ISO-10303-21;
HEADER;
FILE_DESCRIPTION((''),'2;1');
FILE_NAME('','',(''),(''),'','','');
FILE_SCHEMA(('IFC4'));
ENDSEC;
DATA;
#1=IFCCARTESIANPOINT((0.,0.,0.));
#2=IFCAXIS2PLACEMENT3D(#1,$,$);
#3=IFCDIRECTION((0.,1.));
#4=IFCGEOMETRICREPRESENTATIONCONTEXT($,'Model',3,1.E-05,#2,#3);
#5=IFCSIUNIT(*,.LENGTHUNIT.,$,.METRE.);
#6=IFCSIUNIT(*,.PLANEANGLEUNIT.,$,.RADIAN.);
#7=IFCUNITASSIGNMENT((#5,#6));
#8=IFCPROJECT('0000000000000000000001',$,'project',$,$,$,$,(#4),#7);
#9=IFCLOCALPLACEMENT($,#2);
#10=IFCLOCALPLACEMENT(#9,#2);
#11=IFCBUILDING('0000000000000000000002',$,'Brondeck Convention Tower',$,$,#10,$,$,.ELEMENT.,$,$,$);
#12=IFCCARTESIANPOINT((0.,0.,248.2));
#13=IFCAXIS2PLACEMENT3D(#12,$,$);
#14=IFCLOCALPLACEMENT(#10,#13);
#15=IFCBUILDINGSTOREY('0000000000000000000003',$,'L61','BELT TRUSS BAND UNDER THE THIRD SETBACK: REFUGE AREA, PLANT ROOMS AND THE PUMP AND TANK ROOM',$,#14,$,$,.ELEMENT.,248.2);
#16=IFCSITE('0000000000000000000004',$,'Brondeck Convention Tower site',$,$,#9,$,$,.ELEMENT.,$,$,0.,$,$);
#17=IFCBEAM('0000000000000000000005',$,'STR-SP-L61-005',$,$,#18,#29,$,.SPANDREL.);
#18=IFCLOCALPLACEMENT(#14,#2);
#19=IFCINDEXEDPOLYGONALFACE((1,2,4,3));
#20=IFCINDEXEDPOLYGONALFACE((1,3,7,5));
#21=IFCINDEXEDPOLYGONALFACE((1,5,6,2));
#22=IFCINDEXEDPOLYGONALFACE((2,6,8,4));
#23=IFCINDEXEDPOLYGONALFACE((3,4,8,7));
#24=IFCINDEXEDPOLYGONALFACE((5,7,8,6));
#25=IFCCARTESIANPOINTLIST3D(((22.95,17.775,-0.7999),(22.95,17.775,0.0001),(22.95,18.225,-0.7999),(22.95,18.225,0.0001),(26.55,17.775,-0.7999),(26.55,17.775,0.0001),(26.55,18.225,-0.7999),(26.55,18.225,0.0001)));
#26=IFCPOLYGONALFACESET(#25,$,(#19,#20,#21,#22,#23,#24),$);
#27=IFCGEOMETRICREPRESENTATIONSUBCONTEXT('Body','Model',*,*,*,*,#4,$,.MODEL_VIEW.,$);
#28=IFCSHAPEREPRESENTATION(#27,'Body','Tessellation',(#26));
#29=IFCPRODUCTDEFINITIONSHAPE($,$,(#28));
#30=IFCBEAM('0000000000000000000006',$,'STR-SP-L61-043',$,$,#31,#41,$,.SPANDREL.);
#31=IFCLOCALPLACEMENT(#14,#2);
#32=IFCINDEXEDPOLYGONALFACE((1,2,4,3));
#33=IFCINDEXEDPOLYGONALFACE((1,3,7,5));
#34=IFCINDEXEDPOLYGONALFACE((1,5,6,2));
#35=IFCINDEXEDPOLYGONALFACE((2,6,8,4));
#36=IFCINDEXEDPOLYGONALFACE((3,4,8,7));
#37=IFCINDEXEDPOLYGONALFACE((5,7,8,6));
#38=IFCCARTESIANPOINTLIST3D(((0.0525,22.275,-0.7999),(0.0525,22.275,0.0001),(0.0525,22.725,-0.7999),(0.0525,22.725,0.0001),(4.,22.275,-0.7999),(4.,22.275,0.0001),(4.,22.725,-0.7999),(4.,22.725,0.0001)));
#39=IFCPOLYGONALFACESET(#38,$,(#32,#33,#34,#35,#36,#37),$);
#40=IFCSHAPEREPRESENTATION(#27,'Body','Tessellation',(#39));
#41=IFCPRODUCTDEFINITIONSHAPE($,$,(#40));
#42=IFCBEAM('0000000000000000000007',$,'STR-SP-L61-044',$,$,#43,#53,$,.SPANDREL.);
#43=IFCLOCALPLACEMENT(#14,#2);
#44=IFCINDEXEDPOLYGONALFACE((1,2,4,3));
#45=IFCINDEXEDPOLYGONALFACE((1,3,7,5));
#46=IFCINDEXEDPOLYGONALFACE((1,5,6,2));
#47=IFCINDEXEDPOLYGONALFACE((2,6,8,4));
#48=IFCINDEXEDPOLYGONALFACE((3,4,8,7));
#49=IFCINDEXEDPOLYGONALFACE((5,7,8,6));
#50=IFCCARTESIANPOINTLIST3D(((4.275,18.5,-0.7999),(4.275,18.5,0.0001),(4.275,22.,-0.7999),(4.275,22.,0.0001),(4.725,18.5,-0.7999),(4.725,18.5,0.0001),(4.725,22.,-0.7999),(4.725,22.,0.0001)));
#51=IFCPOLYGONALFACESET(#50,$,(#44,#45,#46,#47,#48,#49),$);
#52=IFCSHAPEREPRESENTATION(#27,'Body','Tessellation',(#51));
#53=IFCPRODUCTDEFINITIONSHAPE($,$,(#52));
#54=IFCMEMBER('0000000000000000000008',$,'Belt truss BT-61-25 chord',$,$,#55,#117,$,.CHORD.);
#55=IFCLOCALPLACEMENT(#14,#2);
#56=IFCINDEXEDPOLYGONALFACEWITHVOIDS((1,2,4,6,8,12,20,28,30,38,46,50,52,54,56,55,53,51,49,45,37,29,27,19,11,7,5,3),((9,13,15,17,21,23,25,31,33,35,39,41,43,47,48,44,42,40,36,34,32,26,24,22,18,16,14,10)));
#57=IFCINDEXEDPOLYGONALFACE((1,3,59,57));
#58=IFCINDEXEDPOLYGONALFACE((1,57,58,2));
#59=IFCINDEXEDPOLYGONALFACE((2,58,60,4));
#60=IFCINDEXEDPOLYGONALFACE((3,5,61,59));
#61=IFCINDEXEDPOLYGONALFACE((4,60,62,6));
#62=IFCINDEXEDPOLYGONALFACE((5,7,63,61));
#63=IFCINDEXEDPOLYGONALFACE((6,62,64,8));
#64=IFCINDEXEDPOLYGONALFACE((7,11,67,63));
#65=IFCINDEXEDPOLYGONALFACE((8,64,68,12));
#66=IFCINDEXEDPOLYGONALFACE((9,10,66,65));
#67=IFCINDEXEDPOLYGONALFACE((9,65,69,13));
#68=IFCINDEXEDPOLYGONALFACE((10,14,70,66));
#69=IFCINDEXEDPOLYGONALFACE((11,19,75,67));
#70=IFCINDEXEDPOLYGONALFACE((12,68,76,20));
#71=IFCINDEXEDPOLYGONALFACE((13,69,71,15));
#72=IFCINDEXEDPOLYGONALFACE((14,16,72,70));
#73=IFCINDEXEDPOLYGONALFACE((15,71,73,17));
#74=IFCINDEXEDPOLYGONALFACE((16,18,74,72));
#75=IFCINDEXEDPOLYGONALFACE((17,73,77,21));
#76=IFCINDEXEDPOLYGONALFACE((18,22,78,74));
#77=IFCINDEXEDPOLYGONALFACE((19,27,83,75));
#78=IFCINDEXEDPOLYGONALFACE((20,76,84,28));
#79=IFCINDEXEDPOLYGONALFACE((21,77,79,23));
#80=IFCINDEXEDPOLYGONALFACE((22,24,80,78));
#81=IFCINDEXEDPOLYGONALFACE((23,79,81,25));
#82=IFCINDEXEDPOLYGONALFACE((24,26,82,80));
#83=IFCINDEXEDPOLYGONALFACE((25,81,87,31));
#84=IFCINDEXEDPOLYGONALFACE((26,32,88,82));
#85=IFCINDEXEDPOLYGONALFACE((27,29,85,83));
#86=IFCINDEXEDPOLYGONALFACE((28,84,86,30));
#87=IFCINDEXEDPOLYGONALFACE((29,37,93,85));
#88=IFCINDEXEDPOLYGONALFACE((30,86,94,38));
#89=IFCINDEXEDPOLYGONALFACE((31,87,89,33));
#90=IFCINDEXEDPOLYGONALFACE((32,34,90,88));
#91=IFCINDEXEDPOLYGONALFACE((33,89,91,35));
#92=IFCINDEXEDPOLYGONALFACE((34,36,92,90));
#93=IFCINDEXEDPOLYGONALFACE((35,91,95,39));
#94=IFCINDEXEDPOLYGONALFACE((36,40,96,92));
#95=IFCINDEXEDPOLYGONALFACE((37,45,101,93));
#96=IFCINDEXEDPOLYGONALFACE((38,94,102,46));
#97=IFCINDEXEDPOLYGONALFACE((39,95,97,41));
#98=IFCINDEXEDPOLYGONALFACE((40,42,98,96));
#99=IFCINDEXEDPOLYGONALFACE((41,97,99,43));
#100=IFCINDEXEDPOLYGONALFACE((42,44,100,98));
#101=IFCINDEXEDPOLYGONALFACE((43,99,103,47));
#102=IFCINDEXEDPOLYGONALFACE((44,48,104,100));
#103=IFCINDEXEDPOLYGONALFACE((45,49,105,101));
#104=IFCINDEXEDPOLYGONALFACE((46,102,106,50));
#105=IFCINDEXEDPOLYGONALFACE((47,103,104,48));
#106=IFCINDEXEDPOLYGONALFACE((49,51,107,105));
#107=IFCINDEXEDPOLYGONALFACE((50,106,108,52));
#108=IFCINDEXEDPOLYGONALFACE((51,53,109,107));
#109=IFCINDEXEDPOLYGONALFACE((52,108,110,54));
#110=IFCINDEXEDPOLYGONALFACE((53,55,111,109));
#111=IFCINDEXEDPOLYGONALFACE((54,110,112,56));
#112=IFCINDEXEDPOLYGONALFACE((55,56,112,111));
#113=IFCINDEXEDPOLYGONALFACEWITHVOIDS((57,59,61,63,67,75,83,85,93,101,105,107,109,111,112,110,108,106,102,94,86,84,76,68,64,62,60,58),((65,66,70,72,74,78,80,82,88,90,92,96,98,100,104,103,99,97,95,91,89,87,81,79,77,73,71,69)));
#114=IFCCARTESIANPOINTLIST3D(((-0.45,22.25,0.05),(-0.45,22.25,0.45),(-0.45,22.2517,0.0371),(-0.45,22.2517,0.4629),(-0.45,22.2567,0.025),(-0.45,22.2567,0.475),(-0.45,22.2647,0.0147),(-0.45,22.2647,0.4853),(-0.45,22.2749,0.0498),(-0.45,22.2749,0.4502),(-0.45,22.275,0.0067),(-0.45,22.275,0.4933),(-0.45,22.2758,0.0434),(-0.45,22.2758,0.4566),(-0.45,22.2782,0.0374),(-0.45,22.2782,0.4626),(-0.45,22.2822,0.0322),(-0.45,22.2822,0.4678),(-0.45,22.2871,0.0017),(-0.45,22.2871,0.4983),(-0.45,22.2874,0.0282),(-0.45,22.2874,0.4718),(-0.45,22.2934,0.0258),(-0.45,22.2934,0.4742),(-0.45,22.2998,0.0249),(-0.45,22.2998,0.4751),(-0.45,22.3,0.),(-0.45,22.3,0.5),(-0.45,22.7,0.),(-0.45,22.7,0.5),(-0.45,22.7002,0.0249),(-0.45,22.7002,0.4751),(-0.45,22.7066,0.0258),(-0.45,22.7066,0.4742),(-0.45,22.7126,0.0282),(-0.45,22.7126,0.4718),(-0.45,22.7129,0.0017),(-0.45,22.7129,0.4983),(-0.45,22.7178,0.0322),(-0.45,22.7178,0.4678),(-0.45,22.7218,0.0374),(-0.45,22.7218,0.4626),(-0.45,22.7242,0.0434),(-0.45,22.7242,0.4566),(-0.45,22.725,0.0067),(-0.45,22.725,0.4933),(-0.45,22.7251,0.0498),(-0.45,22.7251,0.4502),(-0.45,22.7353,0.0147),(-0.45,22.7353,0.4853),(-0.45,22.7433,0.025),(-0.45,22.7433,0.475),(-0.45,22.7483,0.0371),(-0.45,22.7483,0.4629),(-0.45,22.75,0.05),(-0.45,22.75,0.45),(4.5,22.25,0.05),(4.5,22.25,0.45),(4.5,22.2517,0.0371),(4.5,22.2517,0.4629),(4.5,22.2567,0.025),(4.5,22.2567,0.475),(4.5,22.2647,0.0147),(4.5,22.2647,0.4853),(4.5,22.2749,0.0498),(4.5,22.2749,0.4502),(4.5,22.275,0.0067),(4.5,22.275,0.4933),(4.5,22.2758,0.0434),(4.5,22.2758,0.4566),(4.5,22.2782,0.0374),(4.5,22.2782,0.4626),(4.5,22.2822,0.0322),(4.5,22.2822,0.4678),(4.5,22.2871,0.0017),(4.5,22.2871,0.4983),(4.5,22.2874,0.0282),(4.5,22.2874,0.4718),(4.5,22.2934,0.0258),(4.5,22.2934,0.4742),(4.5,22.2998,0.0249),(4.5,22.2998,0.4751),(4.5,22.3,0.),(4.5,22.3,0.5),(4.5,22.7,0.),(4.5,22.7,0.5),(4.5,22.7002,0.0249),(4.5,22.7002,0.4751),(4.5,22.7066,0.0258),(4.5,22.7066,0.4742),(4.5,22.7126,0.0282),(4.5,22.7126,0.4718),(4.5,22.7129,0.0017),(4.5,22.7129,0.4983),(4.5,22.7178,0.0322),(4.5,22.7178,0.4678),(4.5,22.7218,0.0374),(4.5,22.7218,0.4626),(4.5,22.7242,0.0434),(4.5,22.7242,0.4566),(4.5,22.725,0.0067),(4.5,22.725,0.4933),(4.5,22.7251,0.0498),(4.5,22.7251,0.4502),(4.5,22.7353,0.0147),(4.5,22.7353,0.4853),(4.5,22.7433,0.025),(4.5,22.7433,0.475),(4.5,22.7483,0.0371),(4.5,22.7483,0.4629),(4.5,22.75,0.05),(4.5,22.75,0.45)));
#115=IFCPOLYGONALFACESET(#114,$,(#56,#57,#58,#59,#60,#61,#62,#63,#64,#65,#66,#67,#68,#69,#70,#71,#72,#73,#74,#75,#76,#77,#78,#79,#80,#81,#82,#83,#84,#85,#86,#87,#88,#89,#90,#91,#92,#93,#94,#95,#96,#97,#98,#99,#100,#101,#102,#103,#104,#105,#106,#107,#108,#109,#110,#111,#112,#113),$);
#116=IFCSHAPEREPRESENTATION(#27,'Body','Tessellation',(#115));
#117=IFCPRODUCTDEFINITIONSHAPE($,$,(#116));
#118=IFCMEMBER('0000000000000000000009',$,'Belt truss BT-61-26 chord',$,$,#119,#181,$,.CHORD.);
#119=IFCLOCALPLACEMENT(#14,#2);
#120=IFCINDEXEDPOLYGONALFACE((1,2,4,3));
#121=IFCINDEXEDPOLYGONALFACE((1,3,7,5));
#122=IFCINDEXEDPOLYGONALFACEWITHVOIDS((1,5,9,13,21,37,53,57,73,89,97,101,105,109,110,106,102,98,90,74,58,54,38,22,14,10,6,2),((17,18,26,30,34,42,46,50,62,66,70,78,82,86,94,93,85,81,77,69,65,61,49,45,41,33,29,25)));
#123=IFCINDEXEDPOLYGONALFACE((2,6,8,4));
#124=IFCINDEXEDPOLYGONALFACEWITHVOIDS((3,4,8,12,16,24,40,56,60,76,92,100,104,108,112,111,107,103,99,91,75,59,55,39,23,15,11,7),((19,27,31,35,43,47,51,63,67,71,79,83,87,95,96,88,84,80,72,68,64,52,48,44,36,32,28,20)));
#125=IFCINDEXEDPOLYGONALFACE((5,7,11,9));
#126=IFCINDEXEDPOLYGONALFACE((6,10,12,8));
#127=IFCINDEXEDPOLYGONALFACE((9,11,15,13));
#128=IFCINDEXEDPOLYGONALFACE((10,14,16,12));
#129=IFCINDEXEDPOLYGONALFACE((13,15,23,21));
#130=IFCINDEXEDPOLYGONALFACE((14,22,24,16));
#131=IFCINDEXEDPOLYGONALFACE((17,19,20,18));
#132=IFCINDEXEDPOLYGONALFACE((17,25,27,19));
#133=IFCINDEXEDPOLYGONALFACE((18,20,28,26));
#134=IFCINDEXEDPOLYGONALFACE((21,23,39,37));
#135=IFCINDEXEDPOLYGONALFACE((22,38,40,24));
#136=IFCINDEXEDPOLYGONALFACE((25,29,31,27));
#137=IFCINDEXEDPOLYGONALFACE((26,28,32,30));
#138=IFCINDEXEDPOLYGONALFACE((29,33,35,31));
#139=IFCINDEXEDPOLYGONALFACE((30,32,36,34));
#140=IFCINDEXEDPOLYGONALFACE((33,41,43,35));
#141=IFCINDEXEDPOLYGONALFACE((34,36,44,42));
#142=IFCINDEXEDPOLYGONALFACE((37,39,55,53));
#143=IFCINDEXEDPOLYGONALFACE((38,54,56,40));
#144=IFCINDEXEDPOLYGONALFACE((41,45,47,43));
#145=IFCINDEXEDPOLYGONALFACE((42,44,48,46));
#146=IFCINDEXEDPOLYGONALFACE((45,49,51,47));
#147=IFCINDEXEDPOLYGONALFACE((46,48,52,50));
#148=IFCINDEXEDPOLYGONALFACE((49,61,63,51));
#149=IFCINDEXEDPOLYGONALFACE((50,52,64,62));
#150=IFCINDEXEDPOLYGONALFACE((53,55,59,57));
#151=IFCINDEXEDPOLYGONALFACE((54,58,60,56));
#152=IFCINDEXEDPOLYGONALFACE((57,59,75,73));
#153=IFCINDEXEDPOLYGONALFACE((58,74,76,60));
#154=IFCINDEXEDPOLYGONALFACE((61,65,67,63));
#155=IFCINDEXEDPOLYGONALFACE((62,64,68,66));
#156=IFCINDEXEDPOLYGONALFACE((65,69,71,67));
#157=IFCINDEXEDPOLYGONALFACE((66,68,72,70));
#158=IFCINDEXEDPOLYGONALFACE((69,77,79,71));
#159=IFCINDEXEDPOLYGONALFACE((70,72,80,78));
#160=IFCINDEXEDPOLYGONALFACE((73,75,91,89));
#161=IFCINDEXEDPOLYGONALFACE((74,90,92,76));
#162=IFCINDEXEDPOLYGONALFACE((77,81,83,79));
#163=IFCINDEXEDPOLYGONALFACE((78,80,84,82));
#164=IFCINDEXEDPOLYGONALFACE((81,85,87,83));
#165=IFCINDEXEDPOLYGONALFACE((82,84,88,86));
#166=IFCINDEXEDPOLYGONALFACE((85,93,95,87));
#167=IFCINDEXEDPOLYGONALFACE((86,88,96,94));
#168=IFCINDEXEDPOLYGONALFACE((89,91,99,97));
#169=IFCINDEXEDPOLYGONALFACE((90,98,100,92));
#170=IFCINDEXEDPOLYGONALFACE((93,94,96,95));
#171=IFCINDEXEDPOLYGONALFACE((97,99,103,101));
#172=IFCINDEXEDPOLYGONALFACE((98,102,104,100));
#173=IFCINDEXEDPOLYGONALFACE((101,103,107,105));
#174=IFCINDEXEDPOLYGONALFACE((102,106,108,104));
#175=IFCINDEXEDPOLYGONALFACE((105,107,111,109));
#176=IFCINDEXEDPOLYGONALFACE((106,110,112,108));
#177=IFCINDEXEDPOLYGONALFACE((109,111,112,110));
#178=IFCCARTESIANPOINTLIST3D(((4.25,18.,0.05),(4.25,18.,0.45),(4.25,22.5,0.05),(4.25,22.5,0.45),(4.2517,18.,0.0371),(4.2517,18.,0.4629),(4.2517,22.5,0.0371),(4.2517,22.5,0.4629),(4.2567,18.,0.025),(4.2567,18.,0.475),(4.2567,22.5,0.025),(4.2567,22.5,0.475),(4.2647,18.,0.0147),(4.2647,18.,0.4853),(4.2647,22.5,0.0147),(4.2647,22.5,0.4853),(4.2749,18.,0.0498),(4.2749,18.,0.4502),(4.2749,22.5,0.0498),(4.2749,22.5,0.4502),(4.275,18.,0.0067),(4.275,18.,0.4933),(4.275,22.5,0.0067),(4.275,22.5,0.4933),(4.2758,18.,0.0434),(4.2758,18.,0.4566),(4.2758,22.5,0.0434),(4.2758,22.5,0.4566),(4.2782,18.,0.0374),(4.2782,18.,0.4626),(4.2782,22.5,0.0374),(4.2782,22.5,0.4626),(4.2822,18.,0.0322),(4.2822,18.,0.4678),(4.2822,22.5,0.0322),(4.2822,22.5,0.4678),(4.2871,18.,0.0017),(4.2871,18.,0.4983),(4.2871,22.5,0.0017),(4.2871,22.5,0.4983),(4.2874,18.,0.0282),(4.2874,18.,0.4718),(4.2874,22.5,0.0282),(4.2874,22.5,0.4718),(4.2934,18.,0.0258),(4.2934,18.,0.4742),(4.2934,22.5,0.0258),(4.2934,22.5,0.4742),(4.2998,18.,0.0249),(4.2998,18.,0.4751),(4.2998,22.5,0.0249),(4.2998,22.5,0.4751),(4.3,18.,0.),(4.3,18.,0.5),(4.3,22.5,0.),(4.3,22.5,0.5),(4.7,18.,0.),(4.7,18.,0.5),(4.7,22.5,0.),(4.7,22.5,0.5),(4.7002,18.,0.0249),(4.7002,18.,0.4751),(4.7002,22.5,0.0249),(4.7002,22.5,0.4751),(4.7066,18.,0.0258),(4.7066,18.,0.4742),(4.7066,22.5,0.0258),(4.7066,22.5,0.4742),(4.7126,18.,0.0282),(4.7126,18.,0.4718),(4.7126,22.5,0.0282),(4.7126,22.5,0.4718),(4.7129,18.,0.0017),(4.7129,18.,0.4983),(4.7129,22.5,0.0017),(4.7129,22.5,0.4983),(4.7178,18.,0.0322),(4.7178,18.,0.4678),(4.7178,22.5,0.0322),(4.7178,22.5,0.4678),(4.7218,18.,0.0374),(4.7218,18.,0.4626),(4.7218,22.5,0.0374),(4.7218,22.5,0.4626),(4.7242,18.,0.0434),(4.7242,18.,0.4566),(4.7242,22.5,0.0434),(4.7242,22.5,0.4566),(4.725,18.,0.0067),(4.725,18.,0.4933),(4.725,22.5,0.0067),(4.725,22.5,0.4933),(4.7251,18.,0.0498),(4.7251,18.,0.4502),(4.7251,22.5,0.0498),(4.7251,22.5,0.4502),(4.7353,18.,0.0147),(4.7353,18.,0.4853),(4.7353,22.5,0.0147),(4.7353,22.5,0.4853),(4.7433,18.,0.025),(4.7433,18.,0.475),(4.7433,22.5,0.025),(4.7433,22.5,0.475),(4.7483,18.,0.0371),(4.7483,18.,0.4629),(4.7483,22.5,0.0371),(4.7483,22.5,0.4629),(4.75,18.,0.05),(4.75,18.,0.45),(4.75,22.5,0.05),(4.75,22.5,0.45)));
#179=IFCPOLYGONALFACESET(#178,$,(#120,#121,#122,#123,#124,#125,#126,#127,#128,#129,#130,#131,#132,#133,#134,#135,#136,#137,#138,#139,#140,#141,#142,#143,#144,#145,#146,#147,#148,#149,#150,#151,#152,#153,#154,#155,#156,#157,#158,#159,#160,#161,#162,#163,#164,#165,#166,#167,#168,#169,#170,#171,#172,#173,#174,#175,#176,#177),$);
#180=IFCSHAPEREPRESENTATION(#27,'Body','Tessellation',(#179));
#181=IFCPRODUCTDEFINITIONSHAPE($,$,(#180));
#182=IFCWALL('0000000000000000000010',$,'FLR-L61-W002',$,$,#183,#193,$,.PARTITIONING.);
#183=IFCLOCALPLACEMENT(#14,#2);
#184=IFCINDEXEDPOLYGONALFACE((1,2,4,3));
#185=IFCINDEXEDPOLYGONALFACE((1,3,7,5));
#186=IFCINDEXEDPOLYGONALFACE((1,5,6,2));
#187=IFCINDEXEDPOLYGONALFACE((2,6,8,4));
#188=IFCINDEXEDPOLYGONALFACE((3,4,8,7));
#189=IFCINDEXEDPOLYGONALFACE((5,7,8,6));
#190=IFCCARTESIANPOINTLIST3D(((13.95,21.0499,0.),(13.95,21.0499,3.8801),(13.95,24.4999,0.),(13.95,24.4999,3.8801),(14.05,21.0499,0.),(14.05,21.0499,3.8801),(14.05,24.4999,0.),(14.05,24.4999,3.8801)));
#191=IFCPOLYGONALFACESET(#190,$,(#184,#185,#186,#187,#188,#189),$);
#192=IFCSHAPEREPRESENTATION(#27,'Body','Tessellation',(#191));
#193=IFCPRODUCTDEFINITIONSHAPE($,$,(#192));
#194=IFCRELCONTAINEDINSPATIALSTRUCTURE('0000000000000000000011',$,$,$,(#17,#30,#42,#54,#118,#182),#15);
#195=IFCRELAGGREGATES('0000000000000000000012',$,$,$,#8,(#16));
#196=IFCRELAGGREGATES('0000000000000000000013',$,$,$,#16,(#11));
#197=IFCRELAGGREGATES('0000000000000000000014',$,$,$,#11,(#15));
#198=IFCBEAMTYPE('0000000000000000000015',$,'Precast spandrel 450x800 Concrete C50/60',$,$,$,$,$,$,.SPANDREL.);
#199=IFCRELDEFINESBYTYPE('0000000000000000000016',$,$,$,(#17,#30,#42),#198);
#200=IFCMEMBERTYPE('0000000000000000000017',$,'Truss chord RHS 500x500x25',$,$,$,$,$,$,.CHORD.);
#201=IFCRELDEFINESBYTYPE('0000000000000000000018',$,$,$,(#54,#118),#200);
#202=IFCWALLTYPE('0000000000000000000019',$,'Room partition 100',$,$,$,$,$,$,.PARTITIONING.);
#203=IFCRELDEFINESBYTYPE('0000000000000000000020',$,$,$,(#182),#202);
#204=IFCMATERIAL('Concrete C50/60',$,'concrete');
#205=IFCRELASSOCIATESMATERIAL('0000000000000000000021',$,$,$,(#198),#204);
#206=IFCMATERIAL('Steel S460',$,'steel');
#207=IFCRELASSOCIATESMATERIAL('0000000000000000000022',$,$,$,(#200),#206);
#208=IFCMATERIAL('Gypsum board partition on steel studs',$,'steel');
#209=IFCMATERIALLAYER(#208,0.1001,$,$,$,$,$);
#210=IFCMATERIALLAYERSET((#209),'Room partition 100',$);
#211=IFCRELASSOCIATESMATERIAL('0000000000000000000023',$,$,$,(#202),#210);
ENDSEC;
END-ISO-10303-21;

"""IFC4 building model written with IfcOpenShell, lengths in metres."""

from ifc_helpers import new_model, si_unit, direction, frame, frame_2d, origin, origin_2d, place, context, subcontext, project, spatial, rectangle, hollow_rectangle, extrude, material, layer, layer_set, material_profile, profile_set, type_object, element, save


model = new_model("IFC4")

# Units and contexts
model_context = context("Model", 3, precision=1e-05, world=origin(), true_north=direction((0.0, 1.0)))
body_context = subcontext(model_context, "Body", "Model", "MODEL_VIEW")
ifc_project = project(units=[si_unit("LENGTHUNIT", "METRE"), si_unit("PLANEANGLEUNIT", "RADIAN")], contexts=[model_context])

# Site, building, storey
site_placement = place(None, origin())
site = spatial("IfcSite", under=ifc_project, at=site_placement, Name="Brondeck Convention Tower site", CompositionType="ELEMENT", RefElevation=0.0)
building_placement = place(site_placement, origin())
building = spatial("IfcBuilding", under=site, at=building_placement, Name="Brondeck Convention Tower", CompositionType="ELEMENT")
storey_placement = place(building_placement, frame((0.0, 0.0, 248.2)))
storey = spatial("IfcBuildingStorey", under=building, at=storey_placement, Name="L61", Description="BELT TRUSS BAND UNDER THE THIRD SETBACK: REFUGE AREA, PLANT ROOMS AND THE PUMP AND TANK ROOM", CompositionType="ELEMENT", Elevation=248.2)

# Shared definitions
ifc_material_1 = material(Name="Concrete C50/60", Category="concrete")

# Shared definitions
ifc_material_2 = material(Name="Steel S460", Category="steel")

# Beams
ifc_material_profile_1 = material_profile(ifc_material_1, rectangle(XDim=0.45, YDim=0.8, at=origin_2d()), Name="Precast spandrel 450x800 Concrete C50/60")
ifc_profile_set_1 = profile_set([ifc_material_profile_1], Name="Concrete C50/60")
beam_type_1 = type_object("IfcBeamType", Name="Precast spandrel 450x800 Concrete C50/60", PredefinedType="SPANDREL", material=ifc_profile_set_1)
beam_1_placement = place(storey_placement, frame((22.95, 18.0, -0.3999), z_axis=(1.0, 0.0, 0.0), x_axis=(0.0, 1.0, 0.0)))
element("IfcBeam", 1, at=beam_1_placement, inside=storey, type_object=beam_type_1, Name="STR-SP-L61-005", PredefinedType="SPANDREL", context=body_context, shape_type="SweptSolid", body=[
    extrude(rectangle(XDim=0.45, YDim=0.8, at=origin_2d()), origin(), (0.0, 0.0, 1.0), 3.6001),
])
beam_2_placement = place(storey_placement, frame((0.0525, 22.5, -0.3999), z_axis=(1.0, 0.0, 0.0), x_axis=(0.0, 1.0, 0.0)))
element("IfcBeam", 2, at=beam_2_placement, inside=storey, type_object=beam_type_1, Name="STR-SP-L61-043", PredefinedType="SPANDREL", context=body_context, shape_type="SweptSolid", body=[
    extrude(rectangle(XDim=0.45, YDim=0.8, at=origin_2d()), origin(), (0.0, 0.0, 1.0), 3.9475),
])
beam_3_placement = place(storey_placement, frame((4.5, 22.0, -0.3999), z_axis=(0.0, -1.0, 0.0), x_axis=(1.0, 0.0, 0.0)))
element("IfcBeam", 3, at=beam_3_placement, inside=storey, type_object=beam_type_1, Name="STR-SP-L61-044", PredefinedType="SPANDREL", context=body_context, shape_type="SweptSolid", body=[
    extrude(rectangle(XDim=0.45, YDim=0.8, at=origin_2d()), origin(), (0.0, 0.0, 1.0), 3.5),
])

# Members
ifc_material_profile_2 = material_profile(ifc_material_2, hollow_rectangle(XDim=0.5, YDim=0.5, WallThickness=0.0249, InnerFilletRadius=0.0249, OuterFilletRadius=0.05, at=origin_2d()), Name="RHS 500x500x25")
ifc_profile_set_2 = profile_set([ifc_material_profile_2], Name="Steel S460")
member_type_1 = type_object("IfcMemberType", Name="Truss chord RHS 500x500x25", PredefinedType="CHORD", material=ifc_profile_set_2)
member_1_placement = place(storey_placement, frame((-0.45, 22.5, 0.25), z_axis=(1.0, 0.0, 0.0), x_axis=(0.0, 1.0, 0.0)))
element("IfcMember", 4, at=member_1_placement, inside=storey, type_object=member_type_1, Name="Belt truss BT-61-25 chord", PredefinedType="CHORD", context=body_context, shape_type="SweptSolid", body=[
    extrude(hollow_rectangle(XDim=0.5, YDim=0.5, WallThickness=0.0249, InnerFilletRadius=0.0249, OuterFilletRadius=0.05, at=origin_2d()), origin(), (0.0, 0.0, 1.0), 4.95),
])
member_2_placement = place(storey_placement, frame((4.5, 22.5, 0.25), z_axis=(0.0, -1.0, 0.0), x_axis=(1.0, 0.0, 0.0)))
element("IfcMember", 5, at=member_2_placement, inside=storey, type_object=member_type_1, Name="Belt truss BT-61-26 chord", PredefinedType="CHORD", context=body_context, shape_type="SweptSolid", body=[
    extrude(hollow_rectangle(XDim=0.5, YDim=0.5, WallThickness=0.0249, InnerFilletRadius=0.0249, OuterFilletRadius=0.05, at=origin_2d()), origin(), (0.0, 0.0, 1.0), 4.5),
])

# Wall
ifc_material_3 = material(Name="Gypsum board partition on steel studs", Category="steel")
ifc_layer_1 = layer(ifc_material_3, 0.1001)
ifc_layer_set_1 = layer_set([ifc_layer_1], Name="Room partition 100")
wall_type_1 = type_object("IfcWallType", Name="Room partition 100", PredefinedType="PARTITIONING", material=ifc_layer_set_1)
wall_1_placement = place(storey_placement, frame((14.0, 24.5, 0.0), z_axis=(0.0, 0.0, 1.0), x_axis=(0.0, -1.0, 0.0)))
element("IfcWall", 6, at=wall_1_placement, inside=storey, type_object=wall_type_1, Name="FLR-L61-W002", PredefinedType="PARTITIONING", context=body_context, shape_type="SweptSolid", body=[
    extrude(rectangle(XDim=3.45, YDim=0.1001, at=frame_2d((1.7251, 0.0))), origin(), (0.0, 0.0, 1.0), 3.8801),
])

save(model, "model.ifc")
